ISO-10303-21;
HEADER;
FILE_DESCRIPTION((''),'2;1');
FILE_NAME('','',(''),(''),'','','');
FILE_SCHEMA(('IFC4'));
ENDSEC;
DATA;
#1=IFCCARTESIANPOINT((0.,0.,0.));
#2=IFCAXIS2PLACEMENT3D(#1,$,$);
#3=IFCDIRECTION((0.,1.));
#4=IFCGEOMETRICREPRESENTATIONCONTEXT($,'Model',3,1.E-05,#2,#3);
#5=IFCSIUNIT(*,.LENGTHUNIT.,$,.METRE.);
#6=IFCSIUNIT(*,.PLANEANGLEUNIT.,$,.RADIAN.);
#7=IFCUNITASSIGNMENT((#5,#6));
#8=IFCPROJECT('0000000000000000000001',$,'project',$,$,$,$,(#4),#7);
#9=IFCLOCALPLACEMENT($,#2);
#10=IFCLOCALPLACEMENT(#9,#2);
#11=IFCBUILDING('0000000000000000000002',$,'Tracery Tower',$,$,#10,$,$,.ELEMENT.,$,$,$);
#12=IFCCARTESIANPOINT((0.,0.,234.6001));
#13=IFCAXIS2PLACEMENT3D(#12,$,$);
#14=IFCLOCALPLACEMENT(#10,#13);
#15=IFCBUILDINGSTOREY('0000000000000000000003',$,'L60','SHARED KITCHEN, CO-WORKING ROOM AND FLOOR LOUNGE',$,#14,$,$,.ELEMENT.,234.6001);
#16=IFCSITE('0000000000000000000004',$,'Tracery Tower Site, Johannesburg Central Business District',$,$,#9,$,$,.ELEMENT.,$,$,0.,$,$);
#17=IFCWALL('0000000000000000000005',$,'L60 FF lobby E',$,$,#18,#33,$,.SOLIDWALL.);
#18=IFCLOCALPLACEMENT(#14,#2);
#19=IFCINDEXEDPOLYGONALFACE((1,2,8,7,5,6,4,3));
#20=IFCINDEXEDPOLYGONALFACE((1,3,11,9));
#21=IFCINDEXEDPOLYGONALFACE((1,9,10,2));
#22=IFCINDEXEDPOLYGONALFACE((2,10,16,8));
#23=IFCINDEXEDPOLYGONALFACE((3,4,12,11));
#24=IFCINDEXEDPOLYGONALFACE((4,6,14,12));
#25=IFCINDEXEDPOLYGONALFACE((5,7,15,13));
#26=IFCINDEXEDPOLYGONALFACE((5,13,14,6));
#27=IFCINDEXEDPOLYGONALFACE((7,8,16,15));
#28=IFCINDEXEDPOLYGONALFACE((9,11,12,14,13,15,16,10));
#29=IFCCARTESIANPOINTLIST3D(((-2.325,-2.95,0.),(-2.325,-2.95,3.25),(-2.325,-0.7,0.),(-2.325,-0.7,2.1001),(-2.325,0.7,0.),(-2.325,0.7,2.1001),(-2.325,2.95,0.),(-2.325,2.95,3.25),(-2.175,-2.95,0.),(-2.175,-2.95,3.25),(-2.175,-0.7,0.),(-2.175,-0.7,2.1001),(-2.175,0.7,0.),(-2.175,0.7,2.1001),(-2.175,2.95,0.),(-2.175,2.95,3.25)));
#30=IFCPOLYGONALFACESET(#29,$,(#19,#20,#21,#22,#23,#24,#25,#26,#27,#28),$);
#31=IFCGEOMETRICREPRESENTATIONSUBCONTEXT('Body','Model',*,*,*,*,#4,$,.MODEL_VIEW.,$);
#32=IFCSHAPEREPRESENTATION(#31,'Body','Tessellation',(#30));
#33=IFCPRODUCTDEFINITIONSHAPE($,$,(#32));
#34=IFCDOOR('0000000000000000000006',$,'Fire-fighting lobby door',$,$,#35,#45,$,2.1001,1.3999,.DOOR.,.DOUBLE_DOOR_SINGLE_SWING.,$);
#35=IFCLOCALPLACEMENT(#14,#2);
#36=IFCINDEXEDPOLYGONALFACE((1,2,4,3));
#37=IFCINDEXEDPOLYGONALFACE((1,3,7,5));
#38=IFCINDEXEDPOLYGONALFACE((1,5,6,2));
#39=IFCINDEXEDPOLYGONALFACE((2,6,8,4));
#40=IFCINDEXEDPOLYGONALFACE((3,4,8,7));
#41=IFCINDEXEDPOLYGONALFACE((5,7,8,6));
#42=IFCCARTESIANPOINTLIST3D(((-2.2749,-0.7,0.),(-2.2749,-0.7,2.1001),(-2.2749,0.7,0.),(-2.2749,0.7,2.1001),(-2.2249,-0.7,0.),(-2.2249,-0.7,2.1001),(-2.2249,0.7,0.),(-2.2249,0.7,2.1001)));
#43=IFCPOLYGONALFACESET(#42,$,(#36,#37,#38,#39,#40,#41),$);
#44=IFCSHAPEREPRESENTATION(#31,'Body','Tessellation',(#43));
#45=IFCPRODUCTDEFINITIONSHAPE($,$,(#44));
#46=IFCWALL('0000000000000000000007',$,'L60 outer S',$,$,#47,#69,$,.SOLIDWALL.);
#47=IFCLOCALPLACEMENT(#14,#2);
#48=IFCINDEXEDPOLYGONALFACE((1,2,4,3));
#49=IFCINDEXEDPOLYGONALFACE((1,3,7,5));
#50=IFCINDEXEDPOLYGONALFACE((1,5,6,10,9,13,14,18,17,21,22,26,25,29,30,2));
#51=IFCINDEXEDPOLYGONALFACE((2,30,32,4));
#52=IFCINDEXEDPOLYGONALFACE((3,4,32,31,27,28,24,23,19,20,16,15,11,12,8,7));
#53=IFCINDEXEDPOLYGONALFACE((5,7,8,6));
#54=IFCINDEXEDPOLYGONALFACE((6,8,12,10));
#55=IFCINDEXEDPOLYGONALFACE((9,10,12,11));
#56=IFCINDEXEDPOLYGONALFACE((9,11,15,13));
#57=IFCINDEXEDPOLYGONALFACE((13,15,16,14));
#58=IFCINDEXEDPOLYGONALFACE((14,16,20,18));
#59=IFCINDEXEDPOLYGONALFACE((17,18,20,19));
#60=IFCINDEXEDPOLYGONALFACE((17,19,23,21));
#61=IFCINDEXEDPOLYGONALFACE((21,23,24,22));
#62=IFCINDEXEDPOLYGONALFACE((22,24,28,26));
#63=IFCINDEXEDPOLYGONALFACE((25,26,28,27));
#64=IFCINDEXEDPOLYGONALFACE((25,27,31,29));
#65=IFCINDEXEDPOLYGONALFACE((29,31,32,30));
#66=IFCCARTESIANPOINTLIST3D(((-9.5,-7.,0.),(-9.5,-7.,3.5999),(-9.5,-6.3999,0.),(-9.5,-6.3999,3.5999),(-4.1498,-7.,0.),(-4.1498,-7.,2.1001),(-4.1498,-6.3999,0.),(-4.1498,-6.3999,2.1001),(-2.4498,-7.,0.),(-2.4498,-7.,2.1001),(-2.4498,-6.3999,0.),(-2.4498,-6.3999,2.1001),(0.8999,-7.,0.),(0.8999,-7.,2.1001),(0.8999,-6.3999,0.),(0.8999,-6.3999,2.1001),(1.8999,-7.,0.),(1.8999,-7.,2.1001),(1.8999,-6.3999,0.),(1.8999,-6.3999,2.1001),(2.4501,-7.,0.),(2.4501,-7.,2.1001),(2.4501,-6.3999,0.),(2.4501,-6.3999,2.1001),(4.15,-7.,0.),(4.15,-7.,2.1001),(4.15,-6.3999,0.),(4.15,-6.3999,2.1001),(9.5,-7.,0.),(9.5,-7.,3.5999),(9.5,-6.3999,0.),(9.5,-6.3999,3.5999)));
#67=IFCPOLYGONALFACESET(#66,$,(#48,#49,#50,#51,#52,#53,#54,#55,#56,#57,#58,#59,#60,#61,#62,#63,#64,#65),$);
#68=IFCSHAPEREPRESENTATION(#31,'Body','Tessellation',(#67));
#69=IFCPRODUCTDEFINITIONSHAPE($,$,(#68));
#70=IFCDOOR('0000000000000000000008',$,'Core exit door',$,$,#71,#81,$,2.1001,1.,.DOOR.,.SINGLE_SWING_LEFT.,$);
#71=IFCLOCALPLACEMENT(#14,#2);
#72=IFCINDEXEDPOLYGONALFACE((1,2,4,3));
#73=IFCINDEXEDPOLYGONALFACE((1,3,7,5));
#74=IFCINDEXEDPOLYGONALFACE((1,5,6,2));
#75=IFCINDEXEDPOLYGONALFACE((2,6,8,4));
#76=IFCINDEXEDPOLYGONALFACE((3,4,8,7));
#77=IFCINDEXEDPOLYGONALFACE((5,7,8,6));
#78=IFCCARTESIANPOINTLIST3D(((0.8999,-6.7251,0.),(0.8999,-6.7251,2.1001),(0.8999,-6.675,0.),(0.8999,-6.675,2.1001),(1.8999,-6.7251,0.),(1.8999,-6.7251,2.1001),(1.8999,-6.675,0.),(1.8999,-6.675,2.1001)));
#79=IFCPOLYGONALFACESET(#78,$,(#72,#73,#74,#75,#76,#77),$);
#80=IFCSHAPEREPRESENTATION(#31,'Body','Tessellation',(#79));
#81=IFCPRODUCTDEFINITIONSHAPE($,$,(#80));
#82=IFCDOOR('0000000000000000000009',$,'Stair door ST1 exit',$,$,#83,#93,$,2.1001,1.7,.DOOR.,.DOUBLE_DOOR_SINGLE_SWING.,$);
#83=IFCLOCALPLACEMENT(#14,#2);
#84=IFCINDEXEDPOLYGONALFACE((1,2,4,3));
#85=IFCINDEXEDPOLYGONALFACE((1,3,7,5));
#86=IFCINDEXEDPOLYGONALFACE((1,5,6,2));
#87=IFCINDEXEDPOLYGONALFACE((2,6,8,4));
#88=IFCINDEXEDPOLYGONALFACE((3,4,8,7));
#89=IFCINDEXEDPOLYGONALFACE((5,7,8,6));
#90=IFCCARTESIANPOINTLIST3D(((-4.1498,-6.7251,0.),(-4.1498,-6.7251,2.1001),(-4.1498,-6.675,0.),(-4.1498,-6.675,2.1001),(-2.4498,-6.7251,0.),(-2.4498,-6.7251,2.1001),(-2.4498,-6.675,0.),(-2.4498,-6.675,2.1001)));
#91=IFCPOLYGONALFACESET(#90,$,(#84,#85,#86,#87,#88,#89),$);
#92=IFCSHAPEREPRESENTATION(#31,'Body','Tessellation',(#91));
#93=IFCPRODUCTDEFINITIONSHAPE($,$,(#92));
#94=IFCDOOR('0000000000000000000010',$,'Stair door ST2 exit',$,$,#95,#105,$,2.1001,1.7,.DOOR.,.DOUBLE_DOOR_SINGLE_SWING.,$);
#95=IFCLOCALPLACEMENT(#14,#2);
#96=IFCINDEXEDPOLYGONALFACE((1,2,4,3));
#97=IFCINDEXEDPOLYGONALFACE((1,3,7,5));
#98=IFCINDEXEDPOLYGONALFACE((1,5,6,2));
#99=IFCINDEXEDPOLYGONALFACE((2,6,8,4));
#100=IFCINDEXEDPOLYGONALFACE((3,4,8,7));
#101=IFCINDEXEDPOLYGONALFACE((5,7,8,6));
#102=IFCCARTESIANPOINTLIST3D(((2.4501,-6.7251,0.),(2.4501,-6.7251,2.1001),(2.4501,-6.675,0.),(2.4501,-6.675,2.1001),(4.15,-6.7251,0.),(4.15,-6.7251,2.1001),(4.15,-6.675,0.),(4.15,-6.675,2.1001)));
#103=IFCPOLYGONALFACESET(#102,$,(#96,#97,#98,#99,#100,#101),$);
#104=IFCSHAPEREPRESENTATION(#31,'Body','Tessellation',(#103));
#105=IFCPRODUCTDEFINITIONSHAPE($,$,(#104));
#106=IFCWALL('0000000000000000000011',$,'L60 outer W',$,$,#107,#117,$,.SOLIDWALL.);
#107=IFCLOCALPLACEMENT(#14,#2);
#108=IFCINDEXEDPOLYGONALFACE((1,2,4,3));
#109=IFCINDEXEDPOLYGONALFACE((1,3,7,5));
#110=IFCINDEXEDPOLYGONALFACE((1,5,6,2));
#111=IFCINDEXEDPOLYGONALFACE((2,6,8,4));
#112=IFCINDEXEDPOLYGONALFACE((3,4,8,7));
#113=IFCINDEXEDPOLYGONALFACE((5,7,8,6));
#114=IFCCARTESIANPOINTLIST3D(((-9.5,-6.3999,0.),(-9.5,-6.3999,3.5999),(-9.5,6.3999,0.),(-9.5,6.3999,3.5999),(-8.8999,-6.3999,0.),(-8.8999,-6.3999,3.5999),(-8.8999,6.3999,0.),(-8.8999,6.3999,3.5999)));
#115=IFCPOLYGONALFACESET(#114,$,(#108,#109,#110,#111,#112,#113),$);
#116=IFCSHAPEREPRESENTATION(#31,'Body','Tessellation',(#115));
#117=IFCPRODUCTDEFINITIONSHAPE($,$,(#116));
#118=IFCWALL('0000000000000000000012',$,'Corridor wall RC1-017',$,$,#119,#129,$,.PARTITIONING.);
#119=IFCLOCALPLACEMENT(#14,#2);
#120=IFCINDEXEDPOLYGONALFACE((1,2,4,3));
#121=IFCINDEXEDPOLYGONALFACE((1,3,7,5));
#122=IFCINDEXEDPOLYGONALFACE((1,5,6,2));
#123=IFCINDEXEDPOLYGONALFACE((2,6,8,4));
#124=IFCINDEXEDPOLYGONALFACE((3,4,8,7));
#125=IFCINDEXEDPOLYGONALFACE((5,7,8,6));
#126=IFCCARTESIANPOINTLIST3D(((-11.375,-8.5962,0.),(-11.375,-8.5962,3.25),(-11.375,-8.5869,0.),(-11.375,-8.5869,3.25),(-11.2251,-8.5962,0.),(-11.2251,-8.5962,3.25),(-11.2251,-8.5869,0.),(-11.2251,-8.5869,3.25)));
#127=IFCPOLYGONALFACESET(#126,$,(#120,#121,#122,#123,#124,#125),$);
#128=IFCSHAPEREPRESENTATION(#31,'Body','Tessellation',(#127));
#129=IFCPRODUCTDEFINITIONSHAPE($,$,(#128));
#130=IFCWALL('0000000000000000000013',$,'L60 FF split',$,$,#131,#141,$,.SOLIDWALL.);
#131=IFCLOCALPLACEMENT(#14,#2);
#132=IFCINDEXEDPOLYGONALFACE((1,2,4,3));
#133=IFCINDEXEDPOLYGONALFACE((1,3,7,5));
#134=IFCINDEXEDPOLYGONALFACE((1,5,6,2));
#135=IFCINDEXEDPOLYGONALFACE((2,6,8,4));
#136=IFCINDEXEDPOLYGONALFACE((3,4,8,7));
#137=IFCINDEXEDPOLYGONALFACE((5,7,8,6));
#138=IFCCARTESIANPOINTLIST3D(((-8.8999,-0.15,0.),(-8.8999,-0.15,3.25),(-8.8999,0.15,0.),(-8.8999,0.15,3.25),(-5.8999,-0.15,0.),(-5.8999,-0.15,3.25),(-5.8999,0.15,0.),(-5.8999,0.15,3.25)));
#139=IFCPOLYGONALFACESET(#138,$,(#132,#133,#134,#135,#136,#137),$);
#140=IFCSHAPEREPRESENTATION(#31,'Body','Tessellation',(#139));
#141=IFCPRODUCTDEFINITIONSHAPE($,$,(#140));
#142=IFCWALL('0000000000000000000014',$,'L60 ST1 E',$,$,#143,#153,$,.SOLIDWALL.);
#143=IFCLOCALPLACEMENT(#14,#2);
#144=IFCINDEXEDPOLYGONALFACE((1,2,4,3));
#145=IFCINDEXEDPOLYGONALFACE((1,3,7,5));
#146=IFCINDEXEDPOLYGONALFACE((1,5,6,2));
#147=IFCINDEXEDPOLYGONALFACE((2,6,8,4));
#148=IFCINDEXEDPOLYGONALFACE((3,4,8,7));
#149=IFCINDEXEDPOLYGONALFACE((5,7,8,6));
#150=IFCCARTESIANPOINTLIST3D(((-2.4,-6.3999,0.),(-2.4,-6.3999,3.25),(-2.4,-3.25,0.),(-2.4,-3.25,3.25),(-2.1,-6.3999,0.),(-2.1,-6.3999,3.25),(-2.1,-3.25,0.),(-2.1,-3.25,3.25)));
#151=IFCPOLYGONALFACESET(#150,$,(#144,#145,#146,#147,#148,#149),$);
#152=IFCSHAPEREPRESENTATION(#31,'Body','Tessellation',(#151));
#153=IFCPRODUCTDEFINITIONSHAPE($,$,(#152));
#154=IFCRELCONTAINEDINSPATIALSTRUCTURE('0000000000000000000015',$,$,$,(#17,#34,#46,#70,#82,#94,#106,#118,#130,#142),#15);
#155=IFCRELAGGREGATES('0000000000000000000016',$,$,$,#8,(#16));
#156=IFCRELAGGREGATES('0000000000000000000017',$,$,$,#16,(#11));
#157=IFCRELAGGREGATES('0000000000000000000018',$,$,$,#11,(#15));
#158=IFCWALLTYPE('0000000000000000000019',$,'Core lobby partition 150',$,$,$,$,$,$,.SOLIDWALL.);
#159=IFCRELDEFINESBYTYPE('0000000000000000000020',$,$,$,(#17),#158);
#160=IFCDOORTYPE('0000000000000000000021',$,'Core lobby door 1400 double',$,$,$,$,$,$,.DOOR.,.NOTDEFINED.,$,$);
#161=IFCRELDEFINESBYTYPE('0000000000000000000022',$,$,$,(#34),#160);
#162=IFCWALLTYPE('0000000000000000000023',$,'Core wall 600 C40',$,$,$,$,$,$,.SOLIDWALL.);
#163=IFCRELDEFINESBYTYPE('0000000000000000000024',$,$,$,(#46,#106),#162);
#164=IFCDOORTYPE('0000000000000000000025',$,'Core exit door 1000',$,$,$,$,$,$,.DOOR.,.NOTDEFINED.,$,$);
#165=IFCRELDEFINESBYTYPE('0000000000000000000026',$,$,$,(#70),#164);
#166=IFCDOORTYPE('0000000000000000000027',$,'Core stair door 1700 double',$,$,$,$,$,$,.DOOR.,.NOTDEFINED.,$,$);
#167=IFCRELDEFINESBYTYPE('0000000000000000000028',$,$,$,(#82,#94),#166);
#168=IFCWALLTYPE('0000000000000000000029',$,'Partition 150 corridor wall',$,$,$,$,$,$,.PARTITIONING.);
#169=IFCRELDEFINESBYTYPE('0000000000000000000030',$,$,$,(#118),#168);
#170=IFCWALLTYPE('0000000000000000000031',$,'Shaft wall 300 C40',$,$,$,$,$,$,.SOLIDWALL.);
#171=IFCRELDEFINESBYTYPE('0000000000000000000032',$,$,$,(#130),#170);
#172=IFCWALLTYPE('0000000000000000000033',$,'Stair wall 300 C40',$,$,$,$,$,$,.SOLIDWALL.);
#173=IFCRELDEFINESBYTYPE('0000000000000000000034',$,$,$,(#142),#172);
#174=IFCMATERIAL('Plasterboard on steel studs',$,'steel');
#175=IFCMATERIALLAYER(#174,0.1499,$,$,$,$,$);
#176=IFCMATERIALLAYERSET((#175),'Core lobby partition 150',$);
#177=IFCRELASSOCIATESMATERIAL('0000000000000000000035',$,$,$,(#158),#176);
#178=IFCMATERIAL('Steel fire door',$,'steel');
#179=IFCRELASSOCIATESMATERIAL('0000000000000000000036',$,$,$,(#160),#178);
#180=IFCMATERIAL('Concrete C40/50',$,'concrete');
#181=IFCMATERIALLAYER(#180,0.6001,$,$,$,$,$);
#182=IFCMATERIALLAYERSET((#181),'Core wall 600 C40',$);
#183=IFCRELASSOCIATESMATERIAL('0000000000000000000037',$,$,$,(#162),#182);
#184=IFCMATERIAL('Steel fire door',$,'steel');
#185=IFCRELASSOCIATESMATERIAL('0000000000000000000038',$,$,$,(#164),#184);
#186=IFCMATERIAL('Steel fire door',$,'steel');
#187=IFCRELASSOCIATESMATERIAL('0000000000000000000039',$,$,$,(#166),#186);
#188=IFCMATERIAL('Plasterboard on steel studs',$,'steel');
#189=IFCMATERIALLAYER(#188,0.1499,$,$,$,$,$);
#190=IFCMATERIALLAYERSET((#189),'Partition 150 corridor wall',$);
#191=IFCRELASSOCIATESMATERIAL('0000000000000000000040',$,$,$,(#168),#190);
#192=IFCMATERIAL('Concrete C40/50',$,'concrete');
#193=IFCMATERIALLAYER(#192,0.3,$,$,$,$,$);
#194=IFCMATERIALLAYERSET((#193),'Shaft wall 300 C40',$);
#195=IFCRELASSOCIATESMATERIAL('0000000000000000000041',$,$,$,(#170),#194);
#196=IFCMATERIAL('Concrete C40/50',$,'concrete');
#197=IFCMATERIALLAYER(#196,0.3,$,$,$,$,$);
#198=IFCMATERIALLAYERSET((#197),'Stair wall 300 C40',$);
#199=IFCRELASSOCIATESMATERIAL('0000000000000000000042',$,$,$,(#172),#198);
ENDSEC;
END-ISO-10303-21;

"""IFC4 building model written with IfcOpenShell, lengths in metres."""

from ifc_helpers import new_model, si_unit, direction, frame, frame_2d, origin, place, context, subcontext, project, spatial, rectangle, extrude, material, layer, layer_set, type_object, element, fill, save


model = new_model("IFC4")

# Units and contexts
model_context = context("Model", 3, precision=1e-05, world=origin(), true_north=direction((0.0, 1.0)))
body_context = subcontext(model_context, "Body", "Model", "MODEL_VIEW")
ifc_project = project(units=[si_unit("LENGTHUNIT", "METRE"), si_unit("PLANEANGLEUNIT", "RADIAN")], contexts=[model_context])

# Site, building, storey
site_placement = place(None, origin())
site = spatial("IfcSite", under=ifc_project, at=site_placement, Name="Tracery Tower Site, Johannesburg Central Business District", CompositionType="ELEMENT", RefElevation=0.0)
building_placement = place(site_placement, origin())
building = spatial("IfcBuilding", under=site, at=building_placement, Name="Tracery Tower", CompositionType="ELEMENT")
storey_placement = place(building_placement, frame((0.0, 0.0, 234.6001)))
storey = spatial("IfcBuildingStorey", under=building, at=storey_placement, Name="L60", Description="SHARED KITCHEN, CO-WORKING ROOM AND FLOOR LOUNGE", CompositionType="ELEMENT", Elevation=234.6001)

# Wall, opening, door
ifc_material_1 = material(Name="Plasterboard on steel studs", Category="steel")
ifc_layer_1 = layer(ifc_material_1, 0.1499)
ifc_layer_set_1 = layer_set([ifc_layer_1], Name="Core lobby partition 150")
wall_type_1 = type_object("IfcWallType", Name="Core lobby partition 150", PredefinedType="SOLIDWALL", material=ifc_layer_set_1)
wall_1_placement = place(storey_placement, frame((-2.25, -2.95, 0.0), z_axis=(0.0, 0.0, 1.0), x_axis=(0.0, 1.0, 0.0)))
wall_1 = element("IfcWall", 1, at=wall_1_placement, inside=storey, type_object=wall_type_1, Name="L60 FF lobby E", PredefinedType="SOLIDWALL", context=body_context, shape_type="SweptSolid", body=[
    extrude(rectangle(XDim=5.8999, YDim=0.1499, at=frame_2d((2.95, 0.0))), origin(), (0.0, 0.0, 1.0), 3.25),
])
opening_1_placement = place(wall_1_placement, frame((2.25, 0.0, 0.0)))
opening_1 = element("IfcOpeningElement", 2, at=opening_1_placement, cuts=wall_1, PredefinedType="OPENING", context=body_context, shape_type="SweptSolid", body=[
    extrude(rectangle(XDim=1.3999, YDim=2.1001, at=frame_2d((0.7, 1.05))), frame((0.0, 0.075, 0.0), z_axis=(0.0, -1.0, 0.0), x_axis=(1.0, 0.0, 0.0)), (0.0, 0.0, 1.0), 0.1499),
])
ifc_material_2 = material(Name="Steel fire door", Category="steel")
door_type_1 = type_object("IfcDoorType", Name="Core lobby door 1400 double", OperationType="NOTDEFINED", PredefinedType="DOOR", material=ifc_material_2)
door_1_placement = place(opening_1_placement, origin())
door_1 = element("IfcDoor", 3, at=door_1_placement, inside=storey, type_object=door_type_1, Name="Fire-fighting lobby door", OperationType="DOUBLE_DOOR_SINGLE_SWING", OverallHeight=2.1001, OverallWidth=1.3999, PredefinedType="DOOR", context=body_context, shape_type="SweptSolid", body=[
    extrude(rectangle(XDim=1.3999, YDim=2.1001, at=frame_2d((0.7, 1.05))), frame((0.0, 0.0249, 0.0), z_axis=(0.0, -1.0, 0.0), x_axis=(1.0, 0.0, 0.0)), (0.0, 0.0, 1.0), 0.05),
])
fill(opening_1, door_1)

# Wall, openings, doors
ifc_material_3 = material(Name="Concrete C40/50", Category="concrete")
ifc_layer_2 = layer(ifc_material_3, 0.6001)
ifc_layer_set_2 = layer_set([ifc_layer_2], Name="Core wall 600 C40")
wall_type_2 = type_object("IfcWallType", Name="Core wall 600 C40", PredefinedType="SOLIDWALL", material=ifc_layer_set_2)
wall_2_placement = place(storey_placement, frame((-9.5, -6.7, 0.0), z_axis=(0.0, 0.0, 1.0), x_axis=(1.0, 0.0, 0.0)))
wall_2 = element("IfcWall", 4, at=wall_2_placement, inside=storey, type_object=wall_type_2, Name="L60 outer S", PredefinedType="SOLIDWALL", context=body_context, shape_type="SweptSolid", body=[
    extrude(rectangle(XDim=19.0, YDim=0.6001, at=frame_2d((9.5, 0.0))), origin(), (0.0, 0.0, 1.0), 3.5999),
])
opening_2_placement = place(wall_2_placement, frame((10.3999, 0.0, 0.0)))
opening_2 = element("IfcOpeningElement", 5, at=opening_2_placement, cuts=wall_2, PredefinedType="OPENING", context=body_context, shape_type="SweptSolid", body=[
    extrude(rectangle(XDim=1.0, YDim=2.1001, at=frame_2d((0.5, 1.05))), frame((0.0, 0.3, 0.0), z_axis=(0.0, -1.0, 0.0), x_axis=(1.0, 0.0, 0.0)), (0.0, 0.0, 1.0), 0.6001),
])
opening_3_placement = place(wall_2_placement, frame((5.3501, 0.0, 0.0)))
opening_3 = element("IfcOpeningElement", 6, at=opening_3_placement, cuts=wall_2, PredefinedType="OPENING", context=body_context, shape_type="SweptSolid", body=[
    extrude(rectangle(XDim=1.7, YDim=2.1001, at=frame_2d((0.8501, 1.05))), frame((0.0, 0.3, 0.0), z_axis=(0.0, -1.0, 0.0), x_axis=(1.0, 0.0, 0.0)), (0.0, 0.0, 1.0), 0.6001),
])
opening_4_placement = place(wall_2_placement, frame((11.95, 0.0, 0.0)))
opening_4 = element("IfcOpeningElement", 7, at=opening_4_placement, cuts=wall_2, PredefinedType="OPENING", context=body_context, shape_type="SweptSolid", body=[
    extrude(rectangle(XDim=1.7, YDim=2.1001, at=frame_2d((0.8501, 1.05))), frame((0.0, 0.3, 0.0), z_axis=(0.0, -1.0, 0.0), x_axis=(1.0, 0.0, 0.0)), (0.0, 0.0, 1.0), 0.6001),
])
ifc_material_4 = material(Name="Steel fire door", Category="steel")
door_type_2 = type_object("IfcDoorType", Name="Core exit door 1000", OperationType="NOTDEFINED", PredefinedType="DOOR", material=ifc_material_4)
door_2_placement = place(opening_2_placement, origin())
door_2 = element("IfcDoor", 8, at=door_2_placement, inside=storey, type_object=door_type_2, Name="Core exit door", OperationType="SINGLE_SWING_LEFT", OverallHeight=2.1001, OverallWidth=1.0, PredefinedType="DOOR", context=body_context, shape_type="SweptSolid", body=[
    extrude(rectangle(XDim=1.0, YDim=2.1001, at=frame_2d((0.5, 1.05))), frame((0.0, 0.0249, 0.0), z_axis=(0.0, -1.0, 0.0), x_axis=(1.0, 0.0, 0.0)), (0.0, 0.0, 1.0), 0.05),
])
fill(opening_2, door_2)
ifc_material_5 = material(Name="Steel fire door", Category="steel")
door_type_3 = type_object("IfcDoorType", Name="Core stair door 1700 double", OperationType="NOTDEFINED", PredefinedType="DOOR", material=ifc_material_5)
door_3_placement = place(opening_3_placement, origin())
door_3 = element("IfcDoor", 9, at=door_3_placement, inside=storey, type_object=door_type_3, Name="Stair door ST1 exit", OperationType="DOUBLE_DOOR_SINGLE_SWING", OverallHeight=2.1001, OverallWidth=1.7, PredefinedType="DOOR", context=body_context, shape_type="SweptSolid", body=[
    extrude(rectangle(XDim=1.7, YDim=2.1001, at=frame_2d((0.8501, 1.05))), frame((0.0, 0.0249, 0.0), z_axis=(0.0, -1.0, 0.0), x_axis=(1.0, 0.0, 0.0)), (0.0, 0.0, 1.0), 0.05),
])
fill(opening_3, door_3)
door_4_placement = place(opening_4_placement, origin())
door_4 = element("IfcDoor", 10, at=door_4_placement, inside=storey, type_object=door_type_3, Name="Stair door ST2 exit", OperationType="DOUBLE_DOOR_SINGLE_SWING", OverallHeight=2.1001, OverallWidth=1.7, PredefinedType="DOOR", context=body_context, shape_type="SweptSolid", body=[
    extrude(rectangle(XDim=1.7, YDim=2.1001, at=frame_2d((0.8501, 1.05))), frame((0.0, 0.0249, 0.0), z_axis=(0.0, -1.0, 0.0), x_axis=(1.0, 0.0, 0.0)), (0.0, 0.0, 1.0), 0.05),
])
fill(opening_4, door_4)

# Walls
wall_3_placement = place(storey_placement, frame((-9.2, -6.3999, 0.0), z_axis=(0.0, 0.0, 1.0), x_axis=(0.0, 1.0, 0.0)))
element("IfcWall", 11, at=wall_3_placement, inside=storey, type_object=wall_type_2, Name="L60 outer W", PredefinedType="SOLIDWALL", context=body_context, shape_type="SweptSolid", body=[
    extrude(rectangle(XDim=12.7998, YDim=0.6001, at=frame_2d((6.3999, 0.0))), origin(), (0.0, 0.0, 1.0), 3.5999),
])
ifc_material_6 = material(Name="Plasterboard on steel studs", Category="steel")
ifc_layer_3 = layer(ifc_material_6, 0.1499)
ifc_layer_set_3 = layer_set([ifc_layer_3], Name="Partition 150 corridor wall")
wall_type_3 = type_object("IfcWallType", Name="Partition 150 corridor wall", PredefinedType="PARTITIONING", material=ifc_layer_set_3)
wall_4_placement = place(storey_placement, frame((-11.3, -8.5962, 0.0), z_axis=(0.0, 0.0, 1.0), x_axis=(0.0, 1.0, 0.0)))
element("IfcWall", 12, at=wall_4_placement, inside=storey, type_object=wall_type_3, Name="Corridor wall RC1-017", PredefinedType="PARTITIONING", context=body_context, shape_type="SweptSolid", body=[
    extrude(rectangle(XDim=0.0093, YDim=0.1499, at=frame_2d((0.0046, 0.0))), origin(), (0.0, 0.0, 1.0), 3.25),
])
ifc_material_7 = material(Name="Concrete C40/50", Category="concrete")
ifc_layer_4 = layer(ifc_material_7, 0.3)
ifc_layer_set_4 = layer_set([ifc_layer_4], Name="Shaft wall 300 C40")
wall_type_4 = type_object("IfcWallType", Name="Shaft wall 300 C40", PredefinedType="SOLIDWALL", material=ifc_layer_set_4)
wall_5_placement = place(storey_placement, frame((-8.8999, 0.0, 0.0), z_axis=(0.0, 0.0, 1.0), x_axis=(1.0, 0.0, 0.0)))
element("IfcWall", 13, at=wall_5_placement, inside=storey, type_object=wall_type_4, Name="L60 FF split", PredefinedType="SOLIDWALL", context=body_context, shape_type="SweptSolid", body=[
    extrude(rectangle(XDim=3.0, YDim=0.3, at=frame_2d((1.5, 0.0))), origin(), (0.0, 0.0, 1.0), 3.25),
])

# Shared definitions
ifc_material_8 = material(Name="Concrete C40/50", Category="concrete")
ifc_layer_5 = layer(ifc_material_8, 0.3)
ifc_layer_set_5 = layer_set([ifc_layer_5], Name="Stair wall 300 C40")
wall_type_5 = type_object("IfcWallType", Name="Stair wall 300 C40", PredefinedType="SOLIDWALL", material=ifc_layer_set_5)

# Wall
wall_6_placement = place(storey_placement, frame((-2.25, -6.3999, 0.0), z_axis=(0.0, 0.0, 1.0), x_axis=(0.0, 1.0, 0.0)))
element("IfcWall", 14, at=wall_6_placement, inside=storey, type_object=wall_type_5, Name="L60 ST1 E", PredefinedType="SOLIDWALL", context=body_context, shape_type="SweptSolid", body=[
    extrude(rectangle(XDim=3.1499, YDim=0.3, at=frame_2d((1.575, 0.0))), origin(), (0.0, 0.0, 1.0), 3.25),
])

save(model, "model.ifc")
